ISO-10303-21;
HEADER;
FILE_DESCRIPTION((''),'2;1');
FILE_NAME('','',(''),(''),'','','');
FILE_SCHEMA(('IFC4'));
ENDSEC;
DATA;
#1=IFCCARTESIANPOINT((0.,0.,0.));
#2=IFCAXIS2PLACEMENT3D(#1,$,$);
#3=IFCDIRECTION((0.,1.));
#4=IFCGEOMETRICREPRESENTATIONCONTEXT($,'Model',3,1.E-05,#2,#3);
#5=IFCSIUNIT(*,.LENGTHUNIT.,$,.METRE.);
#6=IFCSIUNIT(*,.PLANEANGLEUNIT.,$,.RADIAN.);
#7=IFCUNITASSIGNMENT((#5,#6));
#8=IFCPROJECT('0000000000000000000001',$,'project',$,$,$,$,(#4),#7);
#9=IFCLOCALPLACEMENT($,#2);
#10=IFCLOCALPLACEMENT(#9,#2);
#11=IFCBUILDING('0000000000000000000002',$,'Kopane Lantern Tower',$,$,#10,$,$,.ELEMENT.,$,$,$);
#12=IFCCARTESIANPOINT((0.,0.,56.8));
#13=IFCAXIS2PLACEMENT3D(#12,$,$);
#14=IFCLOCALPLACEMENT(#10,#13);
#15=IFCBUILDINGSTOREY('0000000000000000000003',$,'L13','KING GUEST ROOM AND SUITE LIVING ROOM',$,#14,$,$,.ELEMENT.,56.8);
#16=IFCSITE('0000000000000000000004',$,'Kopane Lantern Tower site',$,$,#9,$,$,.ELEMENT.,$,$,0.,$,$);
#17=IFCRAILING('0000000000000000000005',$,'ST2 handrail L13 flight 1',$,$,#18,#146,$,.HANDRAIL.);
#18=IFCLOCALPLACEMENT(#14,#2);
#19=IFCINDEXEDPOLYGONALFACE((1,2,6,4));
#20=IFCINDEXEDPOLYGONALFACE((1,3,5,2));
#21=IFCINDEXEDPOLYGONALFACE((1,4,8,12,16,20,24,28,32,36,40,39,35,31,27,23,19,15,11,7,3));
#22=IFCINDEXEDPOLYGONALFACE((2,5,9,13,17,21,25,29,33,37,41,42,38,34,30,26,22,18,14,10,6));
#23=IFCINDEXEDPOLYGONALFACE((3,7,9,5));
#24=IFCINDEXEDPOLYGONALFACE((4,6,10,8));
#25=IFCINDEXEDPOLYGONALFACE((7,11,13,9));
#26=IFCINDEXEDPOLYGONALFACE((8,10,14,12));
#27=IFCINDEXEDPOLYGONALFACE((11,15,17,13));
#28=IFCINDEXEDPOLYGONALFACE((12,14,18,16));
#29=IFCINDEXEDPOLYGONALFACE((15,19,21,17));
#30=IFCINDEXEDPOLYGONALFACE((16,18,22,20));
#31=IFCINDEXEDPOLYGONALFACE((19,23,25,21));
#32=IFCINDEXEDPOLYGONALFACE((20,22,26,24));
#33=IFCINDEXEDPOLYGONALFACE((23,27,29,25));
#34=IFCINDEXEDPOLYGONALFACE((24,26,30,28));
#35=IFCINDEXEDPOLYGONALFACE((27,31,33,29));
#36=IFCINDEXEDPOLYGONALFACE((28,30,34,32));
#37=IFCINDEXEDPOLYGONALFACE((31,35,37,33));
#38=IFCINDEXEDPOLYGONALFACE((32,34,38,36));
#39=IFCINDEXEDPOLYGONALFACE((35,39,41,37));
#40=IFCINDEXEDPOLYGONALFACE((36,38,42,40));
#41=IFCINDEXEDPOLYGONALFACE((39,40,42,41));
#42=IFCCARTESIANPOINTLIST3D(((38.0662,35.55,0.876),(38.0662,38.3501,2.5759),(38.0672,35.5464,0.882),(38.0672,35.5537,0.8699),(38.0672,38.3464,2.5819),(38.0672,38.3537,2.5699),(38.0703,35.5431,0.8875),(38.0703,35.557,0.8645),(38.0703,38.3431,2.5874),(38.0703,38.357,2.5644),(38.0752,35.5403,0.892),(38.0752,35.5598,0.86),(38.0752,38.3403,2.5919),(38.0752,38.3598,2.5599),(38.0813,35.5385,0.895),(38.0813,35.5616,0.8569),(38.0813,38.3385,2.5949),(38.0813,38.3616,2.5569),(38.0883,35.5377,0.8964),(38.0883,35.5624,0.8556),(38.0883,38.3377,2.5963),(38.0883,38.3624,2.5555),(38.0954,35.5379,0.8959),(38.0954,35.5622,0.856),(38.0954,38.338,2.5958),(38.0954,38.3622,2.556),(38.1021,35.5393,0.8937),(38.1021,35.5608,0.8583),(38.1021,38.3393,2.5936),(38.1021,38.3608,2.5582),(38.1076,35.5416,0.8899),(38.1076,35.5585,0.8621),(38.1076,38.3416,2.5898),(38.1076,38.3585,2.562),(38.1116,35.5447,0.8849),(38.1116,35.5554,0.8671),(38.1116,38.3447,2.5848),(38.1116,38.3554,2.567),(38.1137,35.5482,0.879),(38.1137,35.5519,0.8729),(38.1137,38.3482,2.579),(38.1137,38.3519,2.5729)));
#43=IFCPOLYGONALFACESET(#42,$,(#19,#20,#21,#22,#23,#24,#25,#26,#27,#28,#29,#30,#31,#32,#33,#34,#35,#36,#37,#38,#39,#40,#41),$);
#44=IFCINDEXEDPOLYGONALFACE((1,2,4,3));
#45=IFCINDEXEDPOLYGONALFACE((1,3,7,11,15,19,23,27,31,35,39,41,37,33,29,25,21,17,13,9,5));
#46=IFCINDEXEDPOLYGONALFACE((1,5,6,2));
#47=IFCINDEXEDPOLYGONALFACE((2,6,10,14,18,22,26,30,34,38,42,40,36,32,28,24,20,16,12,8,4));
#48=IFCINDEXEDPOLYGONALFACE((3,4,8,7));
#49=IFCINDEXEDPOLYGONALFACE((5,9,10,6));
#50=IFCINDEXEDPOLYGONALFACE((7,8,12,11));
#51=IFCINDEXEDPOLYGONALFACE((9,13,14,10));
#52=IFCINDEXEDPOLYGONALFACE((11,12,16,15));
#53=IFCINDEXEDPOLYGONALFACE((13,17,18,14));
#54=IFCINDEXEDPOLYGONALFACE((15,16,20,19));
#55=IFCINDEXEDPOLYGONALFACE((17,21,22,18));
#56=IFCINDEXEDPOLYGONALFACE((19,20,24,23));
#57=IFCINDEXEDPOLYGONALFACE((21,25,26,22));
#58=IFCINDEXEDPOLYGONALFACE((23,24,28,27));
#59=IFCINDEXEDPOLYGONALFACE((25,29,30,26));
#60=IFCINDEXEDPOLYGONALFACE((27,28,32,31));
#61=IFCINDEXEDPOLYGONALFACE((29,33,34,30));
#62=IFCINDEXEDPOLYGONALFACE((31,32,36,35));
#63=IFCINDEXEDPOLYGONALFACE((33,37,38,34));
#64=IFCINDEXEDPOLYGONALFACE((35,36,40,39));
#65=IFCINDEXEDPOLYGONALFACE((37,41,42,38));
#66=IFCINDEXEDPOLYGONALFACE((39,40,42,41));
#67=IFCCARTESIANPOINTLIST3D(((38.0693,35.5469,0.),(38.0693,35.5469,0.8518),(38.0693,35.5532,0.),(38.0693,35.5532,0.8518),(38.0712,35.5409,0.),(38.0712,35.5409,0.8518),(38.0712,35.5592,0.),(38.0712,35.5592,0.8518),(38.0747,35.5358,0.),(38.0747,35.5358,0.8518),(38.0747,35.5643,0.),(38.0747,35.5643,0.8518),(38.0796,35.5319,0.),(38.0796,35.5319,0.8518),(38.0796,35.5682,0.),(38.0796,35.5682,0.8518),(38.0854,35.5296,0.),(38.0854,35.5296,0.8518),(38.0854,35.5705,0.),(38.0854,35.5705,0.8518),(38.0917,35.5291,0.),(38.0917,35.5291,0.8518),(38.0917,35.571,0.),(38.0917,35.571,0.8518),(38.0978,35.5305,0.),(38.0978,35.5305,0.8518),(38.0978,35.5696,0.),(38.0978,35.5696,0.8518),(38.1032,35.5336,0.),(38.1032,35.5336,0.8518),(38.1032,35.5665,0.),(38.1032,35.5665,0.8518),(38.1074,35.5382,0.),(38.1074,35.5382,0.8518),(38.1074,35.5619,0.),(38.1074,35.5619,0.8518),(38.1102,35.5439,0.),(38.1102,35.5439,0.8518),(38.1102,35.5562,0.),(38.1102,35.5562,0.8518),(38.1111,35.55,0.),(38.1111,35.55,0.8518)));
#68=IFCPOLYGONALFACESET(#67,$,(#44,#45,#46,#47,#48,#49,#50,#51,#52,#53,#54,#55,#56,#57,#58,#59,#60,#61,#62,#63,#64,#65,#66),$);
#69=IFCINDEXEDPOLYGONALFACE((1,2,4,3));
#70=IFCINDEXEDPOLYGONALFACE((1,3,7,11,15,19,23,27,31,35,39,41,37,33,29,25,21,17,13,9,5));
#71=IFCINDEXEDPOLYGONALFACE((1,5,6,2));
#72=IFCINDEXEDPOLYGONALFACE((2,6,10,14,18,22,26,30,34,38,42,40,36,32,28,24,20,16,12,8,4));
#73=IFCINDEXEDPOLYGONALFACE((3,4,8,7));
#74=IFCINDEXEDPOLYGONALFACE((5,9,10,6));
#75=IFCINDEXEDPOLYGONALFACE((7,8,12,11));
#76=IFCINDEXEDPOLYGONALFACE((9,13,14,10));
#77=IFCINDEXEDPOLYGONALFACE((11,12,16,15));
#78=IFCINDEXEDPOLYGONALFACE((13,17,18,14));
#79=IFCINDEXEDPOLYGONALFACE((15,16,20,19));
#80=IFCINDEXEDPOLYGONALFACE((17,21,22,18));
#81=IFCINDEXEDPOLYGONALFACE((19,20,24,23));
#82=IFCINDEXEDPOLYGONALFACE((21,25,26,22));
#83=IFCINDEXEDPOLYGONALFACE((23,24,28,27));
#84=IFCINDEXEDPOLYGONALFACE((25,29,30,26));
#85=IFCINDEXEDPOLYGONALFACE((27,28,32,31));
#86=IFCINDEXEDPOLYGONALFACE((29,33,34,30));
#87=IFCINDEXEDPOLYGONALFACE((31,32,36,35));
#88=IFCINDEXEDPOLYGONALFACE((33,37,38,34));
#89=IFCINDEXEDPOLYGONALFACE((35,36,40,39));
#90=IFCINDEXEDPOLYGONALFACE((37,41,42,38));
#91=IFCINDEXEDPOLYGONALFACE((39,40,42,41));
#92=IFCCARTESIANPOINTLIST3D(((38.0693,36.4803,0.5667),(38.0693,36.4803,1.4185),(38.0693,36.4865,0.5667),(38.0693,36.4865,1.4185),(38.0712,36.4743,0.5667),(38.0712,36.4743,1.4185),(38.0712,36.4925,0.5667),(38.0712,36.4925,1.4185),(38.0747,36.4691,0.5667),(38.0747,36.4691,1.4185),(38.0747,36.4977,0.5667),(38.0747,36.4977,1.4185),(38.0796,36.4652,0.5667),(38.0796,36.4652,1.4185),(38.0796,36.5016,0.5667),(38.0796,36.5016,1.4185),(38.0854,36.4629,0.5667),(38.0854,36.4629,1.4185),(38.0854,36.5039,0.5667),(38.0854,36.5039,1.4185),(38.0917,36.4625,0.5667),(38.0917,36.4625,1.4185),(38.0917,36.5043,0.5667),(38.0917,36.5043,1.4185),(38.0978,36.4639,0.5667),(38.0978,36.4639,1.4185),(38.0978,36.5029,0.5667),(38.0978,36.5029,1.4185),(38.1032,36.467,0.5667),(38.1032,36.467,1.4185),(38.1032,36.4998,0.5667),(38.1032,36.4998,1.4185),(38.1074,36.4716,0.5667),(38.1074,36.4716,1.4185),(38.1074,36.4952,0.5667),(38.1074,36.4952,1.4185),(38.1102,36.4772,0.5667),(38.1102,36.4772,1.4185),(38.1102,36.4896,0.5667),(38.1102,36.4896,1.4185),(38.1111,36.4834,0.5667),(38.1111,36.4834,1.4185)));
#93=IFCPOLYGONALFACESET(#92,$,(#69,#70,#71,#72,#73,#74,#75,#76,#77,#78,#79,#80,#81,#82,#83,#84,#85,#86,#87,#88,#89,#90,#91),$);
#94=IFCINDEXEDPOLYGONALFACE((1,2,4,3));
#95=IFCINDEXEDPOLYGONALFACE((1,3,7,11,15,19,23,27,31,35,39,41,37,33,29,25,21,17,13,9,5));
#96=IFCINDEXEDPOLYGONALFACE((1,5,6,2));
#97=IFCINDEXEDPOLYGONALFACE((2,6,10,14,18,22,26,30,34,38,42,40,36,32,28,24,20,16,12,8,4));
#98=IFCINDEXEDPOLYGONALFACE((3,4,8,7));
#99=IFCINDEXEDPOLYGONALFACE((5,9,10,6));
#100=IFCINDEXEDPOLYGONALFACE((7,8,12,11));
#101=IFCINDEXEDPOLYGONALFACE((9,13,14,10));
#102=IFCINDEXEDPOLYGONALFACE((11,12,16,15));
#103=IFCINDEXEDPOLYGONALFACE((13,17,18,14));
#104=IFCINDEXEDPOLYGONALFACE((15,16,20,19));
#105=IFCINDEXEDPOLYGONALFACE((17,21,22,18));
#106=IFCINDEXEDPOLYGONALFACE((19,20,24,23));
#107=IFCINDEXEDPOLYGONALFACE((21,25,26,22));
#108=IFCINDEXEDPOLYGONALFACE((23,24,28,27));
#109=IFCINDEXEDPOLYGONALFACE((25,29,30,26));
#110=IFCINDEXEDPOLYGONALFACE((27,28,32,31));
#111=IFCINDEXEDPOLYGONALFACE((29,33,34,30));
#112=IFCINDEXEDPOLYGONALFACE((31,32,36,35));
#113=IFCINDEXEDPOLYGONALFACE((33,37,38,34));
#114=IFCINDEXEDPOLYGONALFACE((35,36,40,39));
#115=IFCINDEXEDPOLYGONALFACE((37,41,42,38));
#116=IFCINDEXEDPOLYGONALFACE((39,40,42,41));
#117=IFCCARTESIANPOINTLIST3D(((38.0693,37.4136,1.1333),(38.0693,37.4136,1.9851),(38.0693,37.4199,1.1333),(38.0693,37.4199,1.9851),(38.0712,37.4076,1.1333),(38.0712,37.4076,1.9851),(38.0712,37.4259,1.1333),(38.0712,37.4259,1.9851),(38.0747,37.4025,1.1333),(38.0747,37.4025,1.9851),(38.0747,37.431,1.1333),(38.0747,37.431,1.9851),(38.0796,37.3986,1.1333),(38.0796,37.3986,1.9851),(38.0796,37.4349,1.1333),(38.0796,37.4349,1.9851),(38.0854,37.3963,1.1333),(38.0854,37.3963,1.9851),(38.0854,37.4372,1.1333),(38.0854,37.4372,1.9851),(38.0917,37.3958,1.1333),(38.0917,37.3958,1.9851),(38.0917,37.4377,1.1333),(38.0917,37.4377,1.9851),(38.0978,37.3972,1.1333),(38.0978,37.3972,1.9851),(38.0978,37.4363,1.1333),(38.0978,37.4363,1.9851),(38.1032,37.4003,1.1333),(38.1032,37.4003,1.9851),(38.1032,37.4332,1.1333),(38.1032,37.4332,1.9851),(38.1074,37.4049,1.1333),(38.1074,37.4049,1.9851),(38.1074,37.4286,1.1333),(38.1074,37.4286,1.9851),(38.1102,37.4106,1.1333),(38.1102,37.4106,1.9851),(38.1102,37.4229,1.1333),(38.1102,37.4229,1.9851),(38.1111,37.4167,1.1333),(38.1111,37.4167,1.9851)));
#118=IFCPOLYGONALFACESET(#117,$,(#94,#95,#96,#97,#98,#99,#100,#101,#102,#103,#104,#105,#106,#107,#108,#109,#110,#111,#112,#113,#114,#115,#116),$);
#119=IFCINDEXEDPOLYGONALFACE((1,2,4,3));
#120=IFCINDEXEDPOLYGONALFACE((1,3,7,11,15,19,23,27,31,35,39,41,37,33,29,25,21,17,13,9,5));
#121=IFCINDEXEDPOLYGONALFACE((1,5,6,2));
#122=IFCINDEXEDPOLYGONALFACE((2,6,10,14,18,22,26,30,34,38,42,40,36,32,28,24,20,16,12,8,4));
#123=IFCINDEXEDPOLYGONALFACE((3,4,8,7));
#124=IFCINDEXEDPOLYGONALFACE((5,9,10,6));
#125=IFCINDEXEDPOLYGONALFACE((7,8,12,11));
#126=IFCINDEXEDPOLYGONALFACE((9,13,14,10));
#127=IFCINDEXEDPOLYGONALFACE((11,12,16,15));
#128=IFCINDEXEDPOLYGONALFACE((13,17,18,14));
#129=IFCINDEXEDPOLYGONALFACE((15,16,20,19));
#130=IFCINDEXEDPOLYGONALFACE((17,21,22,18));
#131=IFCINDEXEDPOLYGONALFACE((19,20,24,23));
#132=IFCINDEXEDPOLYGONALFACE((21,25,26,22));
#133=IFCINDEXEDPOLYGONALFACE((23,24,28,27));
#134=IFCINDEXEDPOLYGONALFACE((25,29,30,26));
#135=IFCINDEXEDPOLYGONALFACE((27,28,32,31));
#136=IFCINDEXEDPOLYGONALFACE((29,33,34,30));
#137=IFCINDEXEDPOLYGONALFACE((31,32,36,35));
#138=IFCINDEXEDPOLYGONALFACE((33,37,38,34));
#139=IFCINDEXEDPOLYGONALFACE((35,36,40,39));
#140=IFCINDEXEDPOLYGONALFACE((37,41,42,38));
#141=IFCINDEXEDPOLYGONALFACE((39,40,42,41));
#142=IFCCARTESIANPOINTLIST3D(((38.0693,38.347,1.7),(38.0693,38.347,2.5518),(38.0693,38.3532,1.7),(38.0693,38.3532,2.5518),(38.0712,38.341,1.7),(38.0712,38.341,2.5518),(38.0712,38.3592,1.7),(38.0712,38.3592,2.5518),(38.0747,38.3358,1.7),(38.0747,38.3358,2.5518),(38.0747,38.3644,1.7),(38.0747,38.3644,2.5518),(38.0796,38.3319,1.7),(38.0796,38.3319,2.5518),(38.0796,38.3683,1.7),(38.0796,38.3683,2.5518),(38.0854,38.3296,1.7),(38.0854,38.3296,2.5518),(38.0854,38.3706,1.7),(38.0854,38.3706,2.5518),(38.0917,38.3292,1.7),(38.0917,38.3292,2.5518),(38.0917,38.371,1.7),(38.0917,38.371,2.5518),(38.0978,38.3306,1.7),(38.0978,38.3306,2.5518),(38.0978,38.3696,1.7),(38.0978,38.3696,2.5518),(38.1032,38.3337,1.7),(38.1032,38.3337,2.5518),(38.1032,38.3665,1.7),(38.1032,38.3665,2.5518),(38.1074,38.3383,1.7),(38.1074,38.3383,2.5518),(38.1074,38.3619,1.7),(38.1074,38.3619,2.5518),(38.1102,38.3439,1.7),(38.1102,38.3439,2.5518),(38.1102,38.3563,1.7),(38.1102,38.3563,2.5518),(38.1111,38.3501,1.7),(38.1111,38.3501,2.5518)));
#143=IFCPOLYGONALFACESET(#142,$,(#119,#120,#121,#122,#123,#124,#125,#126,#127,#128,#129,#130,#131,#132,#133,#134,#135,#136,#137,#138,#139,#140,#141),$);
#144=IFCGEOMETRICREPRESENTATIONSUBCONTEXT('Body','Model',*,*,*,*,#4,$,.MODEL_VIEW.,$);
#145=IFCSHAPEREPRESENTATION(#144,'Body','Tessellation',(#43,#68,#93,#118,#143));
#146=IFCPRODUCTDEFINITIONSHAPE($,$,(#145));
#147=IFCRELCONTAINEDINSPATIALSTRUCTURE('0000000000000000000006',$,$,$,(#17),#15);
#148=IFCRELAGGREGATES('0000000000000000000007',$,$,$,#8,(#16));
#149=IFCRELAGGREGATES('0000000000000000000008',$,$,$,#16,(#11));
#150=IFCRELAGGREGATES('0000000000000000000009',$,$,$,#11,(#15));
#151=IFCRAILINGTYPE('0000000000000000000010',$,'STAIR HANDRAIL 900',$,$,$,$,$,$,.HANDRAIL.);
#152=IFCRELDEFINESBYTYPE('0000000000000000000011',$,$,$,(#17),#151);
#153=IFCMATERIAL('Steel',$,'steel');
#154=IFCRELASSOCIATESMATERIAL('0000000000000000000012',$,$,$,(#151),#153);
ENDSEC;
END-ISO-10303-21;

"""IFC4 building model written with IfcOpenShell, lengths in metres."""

from ifc_helpers import new_model, si_unit, direction, frame, origin, origin_2d, place, context, subcontext, project, spatial, circle, extrude, material, type_object, element, save


model = new_model("IFC4")

# Units and contexts
model_context = context("Model", 3, precision=1e-05, world=origin(), true_north=direction((0.0, 1.0)))
body_context = subcontext(model_context, "Body", "Model", "MODEL_VIEW")
ifc_project = project(units=[si_unit("LENGTHUNIT", "METRE"), si_unit("PLANEANGLEUNIT", "RADIAN")], contexts=[model_context])

# Site, building, storey
site_placement = place(None, origin())
site = spatial("IfcSite", under=ifc_project, at=site_placement, Name="Kopane Lantern Tower site", CompositionType="ELEMENT", RefElevation=0.0)
building_placement = place(site_placement, origin())
building = spatial("IfcBuilding", under=site, at=building_placement, Name="Kopane Lantern Tower", CompositionType="ELEMENT")
storey_placement = place(building_placement, frame((0.0, 0.0, 56.8)))
storey = spatial("IfcBuildingStorey", under=building, at=storey_placement, Name="L13", Description="KING GUEST ROOM AND SUITE LIVING ROOM", CompositionType="ELEMENT", Elevation=56.8)

# Railing
ifc_material_1 = material(Name="Steel", Category="steel")
railing_type_1 = type_object("IfcRailingType", Name="STAIR HANDRAIL 900", PredefinedType="HANDRAIL", material=ifc_material_1)
for number, where, name in (
    (1, (38.0901, 35.55, 0.0), "ST2 handrail L13 flight 1"),
):
    element("IfcRailing", number, at=place(storey_placement, frame(where)), inside=storey, type_object=railing_type_1, Name=name, PredefinedType="HANDRAIL", context=body_context, shape_type="SweptSolid", body=[
        extrude(circle(Radius=0.0239, at=origin_2d()), frame((0.0, 0.0, 0.876), z_axis=(0.0, 0.854798, 0.518961), x_axis=(-1.0, 0.0, 0.0)), (0.0, 0.0, 1.0), 3.2756),
        extrude(circle(Radius=0.021, at=origin_2d()), origin(), (0.0, 0.0, 1.0), 0.8518),
        extrude(circle(Radius=0.021, at=origin_2d()), frame((0.0, 0.9333, 0.5667)), (0.0, 0.0, 1.0), 0.8518),
        extrude(circle(Radius=0.021, at=origin_2d()), frame((0.0, 1.8667, 1.1333)), (0.0, 0.0, 1.0), 0.8518),
        extrude(circle(Radius=0.021, at=origin_2d()), frame((0.0, 2.8, 1.7)), (0.0, 0.0, 1.0), 0.8518),
    ])

save(model, "model.ifc")
